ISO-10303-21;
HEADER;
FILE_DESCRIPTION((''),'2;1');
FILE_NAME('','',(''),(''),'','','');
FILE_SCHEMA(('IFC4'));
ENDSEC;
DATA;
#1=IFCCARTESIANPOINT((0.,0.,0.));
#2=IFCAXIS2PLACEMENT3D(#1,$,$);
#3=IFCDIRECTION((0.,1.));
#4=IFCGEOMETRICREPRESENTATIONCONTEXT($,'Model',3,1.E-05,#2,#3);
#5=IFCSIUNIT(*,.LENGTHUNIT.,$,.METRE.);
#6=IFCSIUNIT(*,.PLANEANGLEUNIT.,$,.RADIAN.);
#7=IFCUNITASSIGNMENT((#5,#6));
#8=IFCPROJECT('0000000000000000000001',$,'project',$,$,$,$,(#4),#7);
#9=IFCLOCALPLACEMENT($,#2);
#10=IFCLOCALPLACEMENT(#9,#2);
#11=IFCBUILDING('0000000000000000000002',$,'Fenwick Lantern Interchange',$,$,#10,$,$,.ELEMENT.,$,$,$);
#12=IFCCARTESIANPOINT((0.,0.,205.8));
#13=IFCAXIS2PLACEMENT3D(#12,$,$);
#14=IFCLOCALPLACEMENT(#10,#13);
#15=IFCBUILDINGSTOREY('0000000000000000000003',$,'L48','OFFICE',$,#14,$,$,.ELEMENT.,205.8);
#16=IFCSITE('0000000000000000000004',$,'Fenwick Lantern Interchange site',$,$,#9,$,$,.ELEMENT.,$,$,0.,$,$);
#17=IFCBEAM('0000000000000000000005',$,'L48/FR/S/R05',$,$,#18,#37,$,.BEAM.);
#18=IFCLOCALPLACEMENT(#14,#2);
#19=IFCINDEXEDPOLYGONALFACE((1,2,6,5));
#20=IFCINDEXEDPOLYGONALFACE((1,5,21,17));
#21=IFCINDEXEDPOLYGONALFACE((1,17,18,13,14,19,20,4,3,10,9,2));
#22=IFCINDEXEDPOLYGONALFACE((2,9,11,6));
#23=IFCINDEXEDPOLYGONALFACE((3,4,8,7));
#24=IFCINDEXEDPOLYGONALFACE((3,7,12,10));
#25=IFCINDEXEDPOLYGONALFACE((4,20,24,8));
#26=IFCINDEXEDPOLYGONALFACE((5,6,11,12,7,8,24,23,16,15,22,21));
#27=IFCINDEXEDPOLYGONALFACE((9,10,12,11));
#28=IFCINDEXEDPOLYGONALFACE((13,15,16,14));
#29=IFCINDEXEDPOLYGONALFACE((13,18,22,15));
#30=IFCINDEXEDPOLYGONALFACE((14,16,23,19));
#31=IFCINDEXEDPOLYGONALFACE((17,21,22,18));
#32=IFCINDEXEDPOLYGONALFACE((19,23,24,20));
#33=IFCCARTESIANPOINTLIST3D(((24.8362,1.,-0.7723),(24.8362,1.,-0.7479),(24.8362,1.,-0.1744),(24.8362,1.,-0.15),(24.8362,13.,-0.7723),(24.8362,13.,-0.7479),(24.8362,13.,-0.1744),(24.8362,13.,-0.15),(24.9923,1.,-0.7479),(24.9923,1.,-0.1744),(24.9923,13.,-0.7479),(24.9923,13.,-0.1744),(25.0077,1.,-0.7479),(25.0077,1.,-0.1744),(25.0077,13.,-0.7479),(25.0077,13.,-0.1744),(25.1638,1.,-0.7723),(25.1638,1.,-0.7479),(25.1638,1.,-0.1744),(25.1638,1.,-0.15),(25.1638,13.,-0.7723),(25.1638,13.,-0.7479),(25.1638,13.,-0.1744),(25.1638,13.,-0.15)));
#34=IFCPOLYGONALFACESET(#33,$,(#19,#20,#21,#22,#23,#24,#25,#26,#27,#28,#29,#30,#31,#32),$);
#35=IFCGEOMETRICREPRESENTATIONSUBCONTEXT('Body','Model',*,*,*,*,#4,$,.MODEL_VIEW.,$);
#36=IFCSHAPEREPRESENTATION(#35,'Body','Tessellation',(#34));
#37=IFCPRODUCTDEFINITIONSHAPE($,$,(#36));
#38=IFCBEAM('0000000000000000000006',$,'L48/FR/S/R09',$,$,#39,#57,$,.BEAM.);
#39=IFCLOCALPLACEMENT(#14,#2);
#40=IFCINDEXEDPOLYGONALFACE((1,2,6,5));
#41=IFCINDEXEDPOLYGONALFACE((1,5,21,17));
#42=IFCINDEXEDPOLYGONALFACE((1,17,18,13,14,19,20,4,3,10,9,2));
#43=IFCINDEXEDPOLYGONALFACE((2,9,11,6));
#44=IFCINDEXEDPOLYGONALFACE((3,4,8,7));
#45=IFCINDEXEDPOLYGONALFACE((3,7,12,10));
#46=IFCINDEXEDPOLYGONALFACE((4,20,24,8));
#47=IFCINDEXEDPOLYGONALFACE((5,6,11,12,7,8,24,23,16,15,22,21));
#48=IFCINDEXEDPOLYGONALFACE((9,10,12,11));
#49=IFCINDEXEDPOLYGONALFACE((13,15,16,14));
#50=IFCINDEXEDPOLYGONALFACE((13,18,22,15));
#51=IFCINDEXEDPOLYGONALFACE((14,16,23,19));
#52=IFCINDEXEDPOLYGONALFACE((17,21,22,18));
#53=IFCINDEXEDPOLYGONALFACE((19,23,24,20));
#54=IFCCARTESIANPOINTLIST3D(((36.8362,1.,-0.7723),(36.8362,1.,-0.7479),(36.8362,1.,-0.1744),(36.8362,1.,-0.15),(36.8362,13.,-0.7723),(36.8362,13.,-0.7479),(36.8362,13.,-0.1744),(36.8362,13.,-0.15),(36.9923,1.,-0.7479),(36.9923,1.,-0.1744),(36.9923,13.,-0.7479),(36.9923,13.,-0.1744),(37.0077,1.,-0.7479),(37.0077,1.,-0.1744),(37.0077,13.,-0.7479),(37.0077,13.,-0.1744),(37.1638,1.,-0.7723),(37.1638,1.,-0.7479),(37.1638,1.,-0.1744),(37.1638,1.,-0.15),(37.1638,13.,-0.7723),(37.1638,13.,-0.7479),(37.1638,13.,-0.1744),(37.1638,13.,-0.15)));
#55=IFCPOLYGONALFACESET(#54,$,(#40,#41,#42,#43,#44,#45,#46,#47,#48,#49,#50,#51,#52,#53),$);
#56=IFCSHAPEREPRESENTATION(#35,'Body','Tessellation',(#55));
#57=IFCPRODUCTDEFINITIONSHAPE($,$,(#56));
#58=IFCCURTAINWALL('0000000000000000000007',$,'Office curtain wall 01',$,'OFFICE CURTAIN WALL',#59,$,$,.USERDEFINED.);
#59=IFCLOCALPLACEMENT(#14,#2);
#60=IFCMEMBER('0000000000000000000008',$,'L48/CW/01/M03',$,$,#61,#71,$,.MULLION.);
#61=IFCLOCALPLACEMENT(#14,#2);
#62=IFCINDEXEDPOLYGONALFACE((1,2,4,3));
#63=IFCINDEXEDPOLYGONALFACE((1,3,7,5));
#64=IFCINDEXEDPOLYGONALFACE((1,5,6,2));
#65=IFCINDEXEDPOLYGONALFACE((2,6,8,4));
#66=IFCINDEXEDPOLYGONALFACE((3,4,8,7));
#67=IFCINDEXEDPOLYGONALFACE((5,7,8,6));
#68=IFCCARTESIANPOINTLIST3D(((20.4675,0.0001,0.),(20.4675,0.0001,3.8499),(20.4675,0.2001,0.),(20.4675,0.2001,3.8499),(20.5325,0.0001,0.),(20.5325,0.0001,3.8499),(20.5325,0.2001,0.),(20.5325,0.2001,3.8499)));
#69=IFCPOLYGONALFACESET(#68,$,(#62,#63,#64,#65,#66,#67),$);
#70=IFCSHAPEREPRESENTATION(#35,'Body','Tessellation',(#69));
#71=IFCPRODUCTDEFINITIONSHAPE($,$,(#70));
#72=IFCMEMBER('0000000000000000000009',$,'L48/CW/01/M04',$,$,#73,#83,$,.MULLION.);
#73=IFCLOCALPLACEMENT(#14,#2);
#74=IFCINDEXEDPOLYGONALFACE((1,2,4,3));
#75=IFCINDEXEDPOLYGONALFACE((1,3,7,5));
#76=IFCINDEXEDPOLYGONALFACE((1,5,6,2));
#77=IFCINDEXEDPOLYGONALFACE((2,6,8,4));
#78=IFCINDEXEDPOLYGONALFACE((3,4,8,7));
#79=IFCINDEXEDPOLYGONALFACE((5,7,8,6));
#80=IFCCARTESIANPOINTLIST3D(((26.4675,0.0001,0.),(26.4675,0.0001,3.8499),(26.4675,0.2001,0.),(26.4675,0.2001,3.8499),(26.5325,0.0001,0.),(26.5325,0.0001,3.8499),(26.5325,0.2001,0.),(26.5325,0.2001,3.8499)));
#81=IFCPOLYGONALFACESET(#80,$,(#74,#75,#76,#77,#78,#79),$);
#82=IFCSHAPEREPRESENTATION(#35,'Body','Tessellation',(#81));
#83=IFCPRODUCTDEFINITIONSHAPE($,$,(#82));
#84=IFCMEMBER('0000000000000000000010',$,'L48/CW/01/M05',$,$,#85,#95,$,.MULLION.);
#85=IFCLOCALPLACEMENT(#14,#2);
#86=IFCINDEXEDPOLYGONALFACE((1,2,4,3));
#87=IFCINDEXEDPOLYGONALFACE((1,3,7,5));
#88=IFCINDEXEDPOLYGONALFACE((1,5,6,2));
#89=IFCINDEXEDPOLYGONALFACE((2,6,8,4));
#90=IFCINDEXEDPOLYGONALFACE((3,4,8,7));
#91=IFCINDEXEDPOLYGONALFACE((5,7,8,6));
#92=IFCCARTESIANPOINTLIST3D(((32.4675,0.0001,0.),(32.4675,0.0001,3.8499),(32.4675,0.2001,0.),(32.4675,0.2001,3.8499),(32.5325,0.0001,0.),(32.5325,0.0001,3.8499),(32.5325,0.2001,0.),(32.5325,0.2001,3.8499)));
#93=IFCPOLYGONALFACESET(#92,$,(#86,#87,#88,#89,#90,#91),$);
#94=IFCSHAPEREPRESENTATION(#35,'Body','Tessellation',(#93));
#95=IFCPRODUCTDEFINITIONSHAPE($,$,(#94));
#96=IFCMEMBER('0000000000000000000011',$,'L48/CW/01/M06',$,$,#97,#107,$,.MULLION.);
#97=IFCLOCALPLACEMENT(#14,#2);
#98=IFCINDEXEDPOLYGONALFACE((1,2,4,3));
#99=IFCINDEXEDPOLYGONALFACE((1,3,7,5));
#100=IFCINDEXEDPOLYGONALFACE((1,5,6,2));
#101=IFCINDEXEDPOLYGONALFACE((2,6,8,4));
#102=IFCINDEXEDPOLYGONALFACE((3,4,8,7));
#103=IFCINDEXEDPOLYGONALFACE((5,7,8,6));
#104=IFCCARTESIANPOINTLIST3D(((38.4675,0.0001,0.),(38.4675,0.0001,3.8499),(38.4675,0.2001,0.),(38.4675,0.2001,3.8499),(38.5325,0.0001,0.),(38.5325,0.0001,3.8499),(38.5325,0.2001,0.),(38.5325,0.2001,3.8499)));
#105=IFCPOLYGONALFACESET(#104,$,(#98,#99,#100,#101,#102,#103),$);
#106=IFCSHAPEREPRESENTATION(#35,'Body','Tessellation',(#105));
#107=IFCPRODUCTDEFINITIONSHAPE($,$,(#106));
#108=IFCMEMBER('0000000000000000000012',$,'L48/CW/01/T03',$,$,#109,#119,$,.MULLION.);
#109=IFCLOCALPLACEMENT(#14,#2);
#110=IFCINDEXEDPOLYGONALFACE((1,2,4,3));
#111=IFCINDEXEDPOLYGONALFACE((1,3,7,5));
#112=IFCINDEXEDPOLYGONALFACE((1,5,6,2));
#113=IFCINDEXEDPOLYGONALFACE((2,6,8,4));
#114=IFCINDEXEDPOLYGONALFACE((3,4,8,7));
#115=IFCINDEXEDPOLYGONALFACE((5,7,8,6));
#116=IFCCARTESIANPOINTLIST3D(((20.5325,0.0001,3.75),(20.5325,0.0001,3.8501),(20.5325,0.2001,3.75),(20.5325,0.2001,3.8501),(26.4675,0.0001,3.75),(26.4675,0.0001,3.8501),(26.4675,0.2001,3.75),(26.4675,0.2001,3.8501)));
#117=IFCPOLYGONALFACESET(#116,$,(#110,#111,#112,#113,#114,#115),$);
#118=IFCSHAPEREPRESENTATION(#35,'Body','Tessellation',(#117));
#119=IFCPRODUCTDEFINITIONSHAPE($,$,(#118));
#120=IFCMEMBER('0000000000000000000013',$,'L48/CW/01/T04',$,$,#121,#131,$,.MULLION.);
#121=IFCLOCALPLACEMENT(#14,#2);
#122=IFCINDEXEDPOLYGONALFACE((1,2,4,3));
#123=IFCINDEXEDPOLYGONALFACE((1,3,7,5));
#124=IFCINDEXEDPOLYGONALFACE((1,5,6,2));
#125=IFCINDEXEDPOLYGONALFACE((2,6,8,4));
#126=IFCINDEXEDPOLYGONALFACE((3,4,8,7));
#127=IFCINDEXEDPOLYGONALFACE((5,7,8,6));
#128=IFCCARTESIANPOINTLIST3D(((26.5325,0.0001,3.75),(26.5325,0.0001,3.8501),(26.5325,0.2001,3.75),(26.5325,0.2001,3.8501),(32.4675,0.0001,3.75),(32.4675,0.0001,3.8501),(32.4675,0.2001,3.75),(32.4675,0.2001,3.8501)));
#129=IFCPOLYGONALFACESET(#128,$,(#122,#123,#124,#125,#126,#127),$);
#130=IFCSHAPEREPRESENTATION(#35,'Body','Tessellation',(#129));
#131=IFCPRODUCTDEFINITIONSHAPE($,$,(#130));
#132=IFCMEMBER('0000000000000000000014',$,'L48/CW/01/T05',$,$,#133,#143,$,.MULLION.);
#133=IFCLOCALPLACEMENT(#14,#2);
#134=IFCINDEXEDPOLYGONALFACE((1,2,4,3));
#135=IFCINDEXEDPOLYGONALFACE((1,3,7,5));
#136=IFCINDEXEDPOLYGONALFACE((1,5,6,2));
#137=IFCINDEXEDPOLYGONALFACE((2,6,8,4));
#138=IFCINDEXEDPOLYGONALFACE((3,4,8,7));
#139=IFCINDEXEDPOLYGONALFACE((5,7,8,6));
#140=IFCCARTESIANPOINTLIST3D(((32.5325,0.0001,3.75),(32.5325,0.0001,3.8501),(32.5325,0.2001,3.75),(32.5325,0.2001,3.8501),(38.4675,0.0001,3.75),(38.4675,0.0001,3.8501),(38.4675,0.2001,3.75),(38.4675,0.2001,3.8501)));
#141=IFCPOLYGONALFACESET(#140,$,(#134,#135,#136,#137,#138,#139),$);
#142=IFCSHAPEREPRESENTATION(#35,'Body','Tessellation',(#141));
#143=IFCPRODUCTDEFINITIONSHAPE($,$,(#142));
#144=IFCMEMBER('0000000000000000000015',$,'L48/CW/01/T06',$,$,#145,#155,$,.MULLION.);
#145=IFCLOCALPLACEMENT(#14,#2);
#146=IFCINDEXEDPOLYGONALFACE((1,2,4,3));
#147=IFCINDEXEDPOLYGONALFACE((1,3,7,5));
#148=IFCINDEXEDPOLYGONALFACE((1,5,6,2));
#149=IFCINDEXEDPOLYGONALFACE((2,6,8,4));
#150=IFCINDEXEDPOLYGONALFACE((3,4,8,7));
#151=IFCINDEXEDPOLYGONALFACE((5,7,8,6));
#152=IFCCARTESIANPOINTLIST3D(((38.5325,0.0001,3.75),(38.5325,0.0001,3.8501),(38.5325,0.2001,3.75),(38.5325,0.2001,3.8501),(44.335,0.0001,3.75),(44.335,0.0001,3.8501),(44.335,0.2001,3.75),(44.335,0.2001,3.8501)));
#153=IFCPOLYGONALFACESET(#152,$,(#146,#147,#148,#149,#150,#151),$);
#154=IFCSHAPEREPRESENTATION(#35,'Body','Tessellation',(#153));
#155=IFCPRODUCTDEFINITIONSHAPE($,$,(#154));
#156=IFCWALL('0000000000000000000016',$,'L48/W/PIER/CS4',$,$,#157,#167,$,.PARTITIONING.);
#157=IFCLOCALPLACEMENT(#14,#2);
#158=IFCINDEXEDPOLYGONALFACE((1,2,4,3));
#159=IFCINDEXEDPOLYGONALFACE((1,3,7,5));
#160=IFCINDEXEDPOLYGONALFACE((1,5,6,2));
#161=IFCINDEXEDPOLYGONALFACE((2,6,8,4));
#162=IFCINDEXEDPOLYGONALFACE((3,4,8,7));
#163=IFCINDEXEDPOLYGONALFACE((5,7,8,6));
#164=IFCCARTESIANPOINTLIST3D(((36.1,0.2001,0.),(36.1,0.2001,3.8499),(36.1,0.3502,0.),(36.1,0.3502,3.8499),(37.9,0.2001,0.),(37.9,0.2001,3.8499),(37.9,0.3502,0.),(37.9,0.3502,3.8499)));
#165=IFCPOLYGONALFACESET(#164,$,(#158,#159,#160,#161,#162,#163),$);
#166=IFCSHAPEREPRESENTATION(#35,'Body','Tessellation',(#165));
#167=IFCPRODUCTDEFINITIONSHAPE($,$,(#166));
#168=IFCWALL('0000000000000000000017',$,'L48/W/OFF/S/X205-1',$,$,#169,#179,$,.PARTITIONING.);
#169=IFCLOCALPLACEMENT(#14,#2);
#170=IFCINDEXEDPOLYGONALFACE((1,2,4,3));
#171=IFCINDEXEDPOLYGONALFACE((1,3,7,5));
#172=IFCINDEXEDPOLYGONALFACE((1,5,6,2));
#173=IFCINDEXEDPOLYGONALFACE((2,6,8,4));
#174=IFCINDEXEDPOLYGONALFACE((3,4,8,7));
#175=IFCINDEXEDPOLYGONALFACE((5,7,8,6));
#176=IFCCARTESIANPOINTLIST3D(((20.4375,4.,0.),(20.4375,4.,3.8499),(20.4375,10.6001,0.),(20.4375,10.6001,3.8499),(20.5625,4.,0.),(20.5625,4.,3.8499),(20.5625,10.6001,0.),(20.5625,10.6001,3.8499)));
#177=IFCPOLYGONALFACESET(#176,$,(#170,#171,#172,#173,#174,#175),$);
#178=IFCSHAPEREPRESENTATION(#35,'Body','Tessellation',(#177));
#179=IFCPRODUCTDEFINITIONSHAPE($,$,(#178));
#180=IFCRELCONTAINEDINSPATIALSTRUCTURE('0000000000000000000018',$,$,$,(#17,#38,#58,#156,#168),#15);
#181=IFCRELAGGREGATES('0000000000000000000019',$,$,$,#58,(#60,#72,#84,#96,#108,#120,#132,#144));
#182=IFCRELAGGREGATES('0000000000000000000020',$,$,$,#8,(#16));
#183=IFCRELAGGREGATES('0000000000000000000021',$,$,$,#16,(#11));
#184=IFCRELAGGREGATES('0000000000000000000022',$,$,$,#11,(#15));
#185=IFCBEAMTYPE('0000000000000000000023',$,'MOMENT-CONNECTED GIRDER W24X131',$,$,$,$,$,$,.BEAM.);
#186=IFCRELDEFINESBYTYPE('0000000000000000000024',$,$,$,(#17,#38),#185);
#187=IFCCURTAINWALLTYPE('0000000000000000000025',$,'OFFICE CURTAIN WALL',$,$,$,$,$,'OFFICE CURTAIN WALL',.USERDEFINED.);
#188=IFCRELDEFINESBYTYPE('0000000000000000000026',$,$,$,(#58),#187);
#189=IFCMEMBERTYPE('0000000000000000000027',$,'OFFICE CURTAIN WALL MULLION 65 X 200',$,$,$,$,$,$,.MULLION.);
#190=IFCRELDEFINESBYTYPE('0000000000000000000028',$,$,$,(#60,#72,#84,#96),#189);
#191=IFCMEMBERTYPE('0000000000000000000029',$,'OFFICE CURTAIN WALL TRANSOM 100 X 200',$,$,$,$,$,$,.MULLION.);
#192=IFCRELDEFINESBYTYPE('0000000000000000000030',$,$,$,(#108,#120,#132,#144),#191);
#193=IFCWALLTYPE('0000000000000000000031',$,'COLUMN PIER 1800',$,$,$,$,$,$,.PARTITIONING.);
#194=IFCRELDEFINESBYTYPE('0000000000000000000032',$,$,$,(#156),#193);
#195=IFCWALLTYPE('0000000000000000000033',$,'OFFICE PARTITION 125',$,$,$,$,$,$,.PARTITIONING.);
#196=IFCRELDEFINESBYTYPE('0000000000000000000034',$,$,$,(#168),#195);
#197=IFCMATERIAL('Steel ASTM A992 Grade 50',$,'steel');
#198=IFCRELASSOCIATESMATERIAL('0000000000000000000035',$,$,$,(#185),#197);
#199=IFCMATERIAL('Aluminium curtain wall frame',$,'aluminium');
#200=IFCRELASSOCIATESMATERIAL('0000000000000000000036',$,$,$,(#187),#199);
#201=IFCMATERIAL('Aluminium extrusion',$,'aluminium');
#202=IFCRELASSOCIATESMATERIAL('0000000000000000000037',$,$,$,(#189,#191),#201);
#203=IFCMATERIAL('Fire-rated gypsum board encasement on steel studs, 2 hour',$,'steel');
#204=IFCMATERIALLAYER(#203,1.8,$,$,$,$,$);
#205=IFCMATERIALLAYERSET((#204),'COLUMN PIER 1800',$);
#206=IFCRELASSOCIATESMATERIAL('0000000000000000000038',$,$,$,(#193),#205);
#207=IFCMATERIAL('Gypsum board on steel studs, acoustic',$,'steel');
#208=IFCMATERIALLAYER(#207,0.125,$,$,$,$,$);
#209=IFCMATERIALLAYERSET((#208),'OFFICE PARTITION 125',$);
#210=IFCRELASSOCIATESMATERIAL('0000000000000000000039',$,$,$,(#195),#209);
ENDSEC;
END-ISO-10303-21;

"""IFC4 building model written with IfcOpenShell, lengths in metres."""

from ifc_helpers import new_model, si_unit, direction, frame, frame_2d, origin, origin_2d, place, context, subcontext, project, spatial, rectangle, i_section, extrude, material, layer, layer_set, material_profile, profile_set, type_object, element, aggregate, save


model = new_model("IFC4")

# Units and contexts
model_context = context("Model", 3, precision=1e-05, world=origin(), true_north=direction((0.0, 1.0)))
body_context = subcontext(model_context, "Body", "Model", "MODEL_VIEW")
ifc_project = project(units=[si_unit("LENGTHUNIT", "METRE"), si_unit("PLANEANGLEUNIT", "RADIAN")], contexts=[model_context])

# Site, building, storey
site_placement = place(None, origin())
site = spatial("IfcSite", under=ifc_project, at=site_placement, Name="Fenwick Lantern Interchange site", CompositionType="ELEMENT", RefElevation=0.0)
building_placement = place(site_placement, origin())
building = spatial("IfcBuilding", under=site, at=building_placement, Name="Fenwick Lantern Interchange", CompositionType="ELEMENT")
storey_placement = place(building_placement, frame((0.0, 0.0, 205.8)))
storey = spatial("IfcBuildingStorey", under=building, at=storey_placement, Name="L48", Description="OFFICE", CompositionType="ELEMENT", Elevation=205.8)

# Beams
ifc_material_1 = material(Name="Steel ASTM A992 Grade 50", Category="steel")
ifc_material_profile_1 = material_profile(ifc_material_1, i_section(OverallWidth=0.3276, OverallDepth=0.6223, WebThickness=0.0154, FlangeThickness=0.0244, at=origin_2d()), Name="W24X131")
ifc_profile_set_1 = profile_set([ifc_material_profile_1], Name="Steel ASTM A992 Grade 50")
beam_type_1 = type_object("IfcBeamType", Name="MOMENT-CONNECTED GIRDER W24X131", PredefinedType="BEAM", material=ifc_profile_set_1)
for number, where, z_axis, x_axis, name in (
    (1, (25.0, 1.0, -0.4612), (0.0, 1.0, 0.0), (-1.0, 0.0, 0.0), "L48/FR/S/R05"),
    (2, (37.0, 1.0, -0.4612), (0.0, 1.0, 0.0), (-1.0, 0.0, 0.0), "L48/FR/S/R09"),
):
    element("IfcBeam", number, at=place(storey_placement, frame(where, z_axis=z_axis, x_axis=x_axis)), inside=storey, type_object=beam_type_1, Name=name, PredefinedType="BEAM", context=body_context, shape_type="SweptSolid", body=[
        extrude(i_section(OverallWidth=0.3276, OverallDepth=0.6223, WebThickness=0.0154, FlangeThickness=0.0244, at=origin_2d()), origin(), (0.0, 0.0, 1.0), 12.0),
    ])

# Curtain wall, members
ifc_material_2 = material(Name="Aluminium curtain wall frame", Category="aluminium")
curtain_wall_type = type_object("IfcCurtainWallType", Name="OFFICE CURTAIN WALL", ElementType="OFFICE CURTAIN WALL", PredefinedType="USERDEFINED", material=ifc_material_2)
curtain_wall_placement = place(storey_placement, origin())
curtain_wall = element("IfcCurtainWall", 3, at=curtain_wall_placement, inside=storey, type_object=curtain_wall_type, Name="Office curtain wall 01", ObjectType="OFFICE CURTAIN WALL", PredefinedType="USERDEFINED")
ifc_material_3 = material(Name="Aluminium extrusion", Category="aluminium")
ifc_material_profile_2 = material_profile(ifc_material_3, rectangle(XDim=0.2, YDim=0.0649, at=origin_2d()), Name="OFFICE CURTAIN WALL MULLION 65 X 200")
ifc_profile_set_2 = profile_set([ifc_material_profile_2], Name="Aluminium extrusion")
member_type_1 = type_object("IfcMemberType", Name="OFFICE CURTAIN WALL MULLION 65 X 200", PredefinedType="MULLION", material=ifc_profile_set_2)
member_1_placement = place(storey_placement, frame((20.5, 0.1001, 0.0), z_axis=(0.0, 0.0, 1.0), x_axis=(0.0, 1.0, 0.0)))
member_1 = element("IfcMember", 4, at=member_1_placement, type_object=member_type_1, Name="L48/CW/01/M03", PredefinedType="MULLION", context=body_context, shape_type="SweptSolid", body=[
    extrude(rectangle(XDim=0.2, YDim=0.0649, at=origin_2d()), origin(), (0.0, 0.0, 1.0), 3.8499),
])
member_2_placement = place(storey_placement, frame((26.5, 0.1001, 0.0), z_axis=(0.0, 0.0, 1.0), x_axis=(0.0, 1.0, 0.0)))
member_2 = element("IfcMember", 5, at=member_2_placement, type_object=member_type_1, Name="L48/CW/01/M04", PredefinedType="MULLION", context=body_context, shape_type="SweptSolid", body=[
    extrude(rectangle(XDim=0.2, YDim=0.0649, at=origin_2d()), origin(), (0.0, 0.0, 1.0), 3.8499),
])
member_3_placement = place(storey_placement, frame((32.5, 0.1001, 0.0), z_axis=(0.0, 0.0, 1.0), x_axis=(0.0, 1.0, 0.0)))
member_3 = element("IfcMember", 6, at=member_3_placement, type_object=member_type_1, Name="L48/CW/01/M05", PredefinedType="MULLION", context=body_context, shape_type="SweptSolid", body=[
    extrude(rectangle(XDim=0.2, YDim=0.0649, at=origin_2d()), origin(), (0.0, 0.0, 1.0), 3.8499),
])
member_4_placement = place(storey_placement, frame((38.5, 0.1001, 0.0), z_axis=(0.0, 0.0, 1.0), x_axis=(0.0, 1.0, 0.0)))
member_4 = element("IfcMember", 7, at=member_4_placement, type_object=member_type_1, Name="L48/CW/01/M06", PredefinedType="MULLION", context=body_context, shape_type="SweptSolid", body=[
    extrude(rectangle(XDim=0.2, YDim=0.0649, at=origin_2d()), origin(), (0.0, 0.0, 1.0), 3.8499),
])
ifc_material_profile_3 = material_profile(ifc_material_3, rectangle(XDim=0.2, YDim=0.1001, at=origin_2d()), Name="OFFICE CURTAIN WALL TRANSOM 100 X 200")
ifc_profile_set_3 = profile_set([ifc_material_profile_3], Name="Aluminium extrusion")
member_type_2 = type_object("IfcMemberType", Name="OFFICE CURTAIN WALL TRANSOM 100 X 200", PredefinedType="MULLION", material=ifc_profile_set_3)
member_5_placement = place(storey_placement, frame((20.5325, 0.1001, 3.8), z_axis=(1.0, 0.0, 0.0), x_axis=(0.0, 1.0, 0.0)))
member_5 = element("IfcMember", 8, at=member_5_placement, type_object=member_type_2, Name="L48/CW/01/T03", PredefinedType="MULLION", context=body_context, shape_type="SweptSolid", body=[
    extrude(rectangle(XDim=0.2, YDim=0.1001, at=origin_2d()), origin(), (0.0, 0.0, 1.0), 5.9351),
])
member_6_placement = place(storey_placement, frame((26.5325, 0.1001, 3.8), z_axis=(1.0, 0.0, 0.0), x_axis=(0.0, 1.0, 0.0)))
member_6 = element("IfcMember", 9, at=member_6_placement, type_object=member_type_2, Name="L48/CW/01/T04", PredefinedType="MULLION", context=body_context, shape_type="SweptSolid", body=[
    extrude(rectangle(XDim=0.2, YDim=0.1001, at=origin_2d()), origin(), (0.0, 0.0, 1.0), 5.9351),
])
member_7_placement = place(storey_placement, frame((32.5325, 0.1001, 3.8), z_axis=(1.0, 0.0, 0.0), x_axis=(0.0, 1.0, 0.0)))
member_7 = element("IfcMember", 10, at=member_7_placement, type_object=member_type_2, Name="L48/CW/01/T05", PredefinedType="MULLION", context=body_context, shape_type="SweptSolid", body=[
    extrude(rectangle(XDim=0.2, YDim=0.1001, at=origin_2d()), origin(), (0.0, 0.0, 1.0), 5.9351),
])
member_8_placement = place(storey_placement, frame((38.5325, 0.1001, 3.8), z_axis=(1.0, 0.0, 0.0), x_axis=(0.0, 1.0, 0.0)))
member_8 = element("IfcMember", 11, at=member_8_placement, type_object=member_type_2, Name="L48/CW/01/T06", PredefinedType="MULLION", context=body_context, shape_type="SweptSolid", body=[
    extrude(rectangle(XDim=0.2, YDim=0.1001, at=origin_2d()), origin(), (0.0, 0.0, 1.0), 5.8025),
])
aggregate(curtain_wall, [member_1, member_2, member_3, member_4, member_5, member_6, member_7, member_8])

# Walls
ifc_material_4 = material(Name="Fire-rated gypsum board encasement on steel studs, 2 hour", Category="steel")
ifc_layer_1 = layer(ifc_material_4, 1.8)
ifc_layer_set_1 = layer_set([ifc_layer_1], Name="COLUMN PIER 1800")
wall_type_1 = type_object("IfcWallType", Name="COLUMN PIER 1800", PredefinedType="PARTITIONING", material=ifc_layer_set_1)
wall_1_placement = place(storey_placement, frame((37.0, 0.2, 0.0), z_axis=(0.0, 0.0, 1.0), x_axis=(0.0, 1.0, 0.0)))
element("IfcWall", 12, at=wall_1_placement, inside=storey, type_object=wall_type_1, Name="L48/W/PIER/CS4", PredefinedType="PARTITIONING", context=body_context, shape_type="SweptSolid", body=[
    extrude(rectangle(XDim=0.1501, YDim=1.8, at=frame_2d((0.0752, 0.0))), origin(), (0.0, 0.0, 1.0), 3.8499),
])
ifc_material_5 = material(Name="Gypsum board on steel studs, acoustic", Category="steel")
ifc_layer_2 = layer(ifc_material_5, 0.125)
ifc_layer_set_2 = layer_set([ifc_layer_2], Name="OFFICE PARTITION 125")
wall_type_2 = type_object("IfcWallType", Name="OFFICE PARTITION 125", PredefinedType="PARTITIONING", material=ifc_layer_set_2)
wall_2_placement = place(storey_placement, frame((20.5, 4.0, 0.0), z_axis=(0.0, 0.0, 1.0), x_axis=(0.0, 1.0, 0.0)))
element("IfcWall", 13, at=wall_2_placement, inside=storey, type_object=wall_type_2, Name="L48/W/OFF/S/X205-1", PredefinedType="PARTITIONING", context=body_context, shape_type="SweptSolid", body=[
    extrude(rectangle(XDim=6.6001, YDim=0.125, at=frame_2d((3.3, 0.0))), origin(), (0.0, 0.0, 1.0), 3.8499),
])

save(model, "model.ifc")
